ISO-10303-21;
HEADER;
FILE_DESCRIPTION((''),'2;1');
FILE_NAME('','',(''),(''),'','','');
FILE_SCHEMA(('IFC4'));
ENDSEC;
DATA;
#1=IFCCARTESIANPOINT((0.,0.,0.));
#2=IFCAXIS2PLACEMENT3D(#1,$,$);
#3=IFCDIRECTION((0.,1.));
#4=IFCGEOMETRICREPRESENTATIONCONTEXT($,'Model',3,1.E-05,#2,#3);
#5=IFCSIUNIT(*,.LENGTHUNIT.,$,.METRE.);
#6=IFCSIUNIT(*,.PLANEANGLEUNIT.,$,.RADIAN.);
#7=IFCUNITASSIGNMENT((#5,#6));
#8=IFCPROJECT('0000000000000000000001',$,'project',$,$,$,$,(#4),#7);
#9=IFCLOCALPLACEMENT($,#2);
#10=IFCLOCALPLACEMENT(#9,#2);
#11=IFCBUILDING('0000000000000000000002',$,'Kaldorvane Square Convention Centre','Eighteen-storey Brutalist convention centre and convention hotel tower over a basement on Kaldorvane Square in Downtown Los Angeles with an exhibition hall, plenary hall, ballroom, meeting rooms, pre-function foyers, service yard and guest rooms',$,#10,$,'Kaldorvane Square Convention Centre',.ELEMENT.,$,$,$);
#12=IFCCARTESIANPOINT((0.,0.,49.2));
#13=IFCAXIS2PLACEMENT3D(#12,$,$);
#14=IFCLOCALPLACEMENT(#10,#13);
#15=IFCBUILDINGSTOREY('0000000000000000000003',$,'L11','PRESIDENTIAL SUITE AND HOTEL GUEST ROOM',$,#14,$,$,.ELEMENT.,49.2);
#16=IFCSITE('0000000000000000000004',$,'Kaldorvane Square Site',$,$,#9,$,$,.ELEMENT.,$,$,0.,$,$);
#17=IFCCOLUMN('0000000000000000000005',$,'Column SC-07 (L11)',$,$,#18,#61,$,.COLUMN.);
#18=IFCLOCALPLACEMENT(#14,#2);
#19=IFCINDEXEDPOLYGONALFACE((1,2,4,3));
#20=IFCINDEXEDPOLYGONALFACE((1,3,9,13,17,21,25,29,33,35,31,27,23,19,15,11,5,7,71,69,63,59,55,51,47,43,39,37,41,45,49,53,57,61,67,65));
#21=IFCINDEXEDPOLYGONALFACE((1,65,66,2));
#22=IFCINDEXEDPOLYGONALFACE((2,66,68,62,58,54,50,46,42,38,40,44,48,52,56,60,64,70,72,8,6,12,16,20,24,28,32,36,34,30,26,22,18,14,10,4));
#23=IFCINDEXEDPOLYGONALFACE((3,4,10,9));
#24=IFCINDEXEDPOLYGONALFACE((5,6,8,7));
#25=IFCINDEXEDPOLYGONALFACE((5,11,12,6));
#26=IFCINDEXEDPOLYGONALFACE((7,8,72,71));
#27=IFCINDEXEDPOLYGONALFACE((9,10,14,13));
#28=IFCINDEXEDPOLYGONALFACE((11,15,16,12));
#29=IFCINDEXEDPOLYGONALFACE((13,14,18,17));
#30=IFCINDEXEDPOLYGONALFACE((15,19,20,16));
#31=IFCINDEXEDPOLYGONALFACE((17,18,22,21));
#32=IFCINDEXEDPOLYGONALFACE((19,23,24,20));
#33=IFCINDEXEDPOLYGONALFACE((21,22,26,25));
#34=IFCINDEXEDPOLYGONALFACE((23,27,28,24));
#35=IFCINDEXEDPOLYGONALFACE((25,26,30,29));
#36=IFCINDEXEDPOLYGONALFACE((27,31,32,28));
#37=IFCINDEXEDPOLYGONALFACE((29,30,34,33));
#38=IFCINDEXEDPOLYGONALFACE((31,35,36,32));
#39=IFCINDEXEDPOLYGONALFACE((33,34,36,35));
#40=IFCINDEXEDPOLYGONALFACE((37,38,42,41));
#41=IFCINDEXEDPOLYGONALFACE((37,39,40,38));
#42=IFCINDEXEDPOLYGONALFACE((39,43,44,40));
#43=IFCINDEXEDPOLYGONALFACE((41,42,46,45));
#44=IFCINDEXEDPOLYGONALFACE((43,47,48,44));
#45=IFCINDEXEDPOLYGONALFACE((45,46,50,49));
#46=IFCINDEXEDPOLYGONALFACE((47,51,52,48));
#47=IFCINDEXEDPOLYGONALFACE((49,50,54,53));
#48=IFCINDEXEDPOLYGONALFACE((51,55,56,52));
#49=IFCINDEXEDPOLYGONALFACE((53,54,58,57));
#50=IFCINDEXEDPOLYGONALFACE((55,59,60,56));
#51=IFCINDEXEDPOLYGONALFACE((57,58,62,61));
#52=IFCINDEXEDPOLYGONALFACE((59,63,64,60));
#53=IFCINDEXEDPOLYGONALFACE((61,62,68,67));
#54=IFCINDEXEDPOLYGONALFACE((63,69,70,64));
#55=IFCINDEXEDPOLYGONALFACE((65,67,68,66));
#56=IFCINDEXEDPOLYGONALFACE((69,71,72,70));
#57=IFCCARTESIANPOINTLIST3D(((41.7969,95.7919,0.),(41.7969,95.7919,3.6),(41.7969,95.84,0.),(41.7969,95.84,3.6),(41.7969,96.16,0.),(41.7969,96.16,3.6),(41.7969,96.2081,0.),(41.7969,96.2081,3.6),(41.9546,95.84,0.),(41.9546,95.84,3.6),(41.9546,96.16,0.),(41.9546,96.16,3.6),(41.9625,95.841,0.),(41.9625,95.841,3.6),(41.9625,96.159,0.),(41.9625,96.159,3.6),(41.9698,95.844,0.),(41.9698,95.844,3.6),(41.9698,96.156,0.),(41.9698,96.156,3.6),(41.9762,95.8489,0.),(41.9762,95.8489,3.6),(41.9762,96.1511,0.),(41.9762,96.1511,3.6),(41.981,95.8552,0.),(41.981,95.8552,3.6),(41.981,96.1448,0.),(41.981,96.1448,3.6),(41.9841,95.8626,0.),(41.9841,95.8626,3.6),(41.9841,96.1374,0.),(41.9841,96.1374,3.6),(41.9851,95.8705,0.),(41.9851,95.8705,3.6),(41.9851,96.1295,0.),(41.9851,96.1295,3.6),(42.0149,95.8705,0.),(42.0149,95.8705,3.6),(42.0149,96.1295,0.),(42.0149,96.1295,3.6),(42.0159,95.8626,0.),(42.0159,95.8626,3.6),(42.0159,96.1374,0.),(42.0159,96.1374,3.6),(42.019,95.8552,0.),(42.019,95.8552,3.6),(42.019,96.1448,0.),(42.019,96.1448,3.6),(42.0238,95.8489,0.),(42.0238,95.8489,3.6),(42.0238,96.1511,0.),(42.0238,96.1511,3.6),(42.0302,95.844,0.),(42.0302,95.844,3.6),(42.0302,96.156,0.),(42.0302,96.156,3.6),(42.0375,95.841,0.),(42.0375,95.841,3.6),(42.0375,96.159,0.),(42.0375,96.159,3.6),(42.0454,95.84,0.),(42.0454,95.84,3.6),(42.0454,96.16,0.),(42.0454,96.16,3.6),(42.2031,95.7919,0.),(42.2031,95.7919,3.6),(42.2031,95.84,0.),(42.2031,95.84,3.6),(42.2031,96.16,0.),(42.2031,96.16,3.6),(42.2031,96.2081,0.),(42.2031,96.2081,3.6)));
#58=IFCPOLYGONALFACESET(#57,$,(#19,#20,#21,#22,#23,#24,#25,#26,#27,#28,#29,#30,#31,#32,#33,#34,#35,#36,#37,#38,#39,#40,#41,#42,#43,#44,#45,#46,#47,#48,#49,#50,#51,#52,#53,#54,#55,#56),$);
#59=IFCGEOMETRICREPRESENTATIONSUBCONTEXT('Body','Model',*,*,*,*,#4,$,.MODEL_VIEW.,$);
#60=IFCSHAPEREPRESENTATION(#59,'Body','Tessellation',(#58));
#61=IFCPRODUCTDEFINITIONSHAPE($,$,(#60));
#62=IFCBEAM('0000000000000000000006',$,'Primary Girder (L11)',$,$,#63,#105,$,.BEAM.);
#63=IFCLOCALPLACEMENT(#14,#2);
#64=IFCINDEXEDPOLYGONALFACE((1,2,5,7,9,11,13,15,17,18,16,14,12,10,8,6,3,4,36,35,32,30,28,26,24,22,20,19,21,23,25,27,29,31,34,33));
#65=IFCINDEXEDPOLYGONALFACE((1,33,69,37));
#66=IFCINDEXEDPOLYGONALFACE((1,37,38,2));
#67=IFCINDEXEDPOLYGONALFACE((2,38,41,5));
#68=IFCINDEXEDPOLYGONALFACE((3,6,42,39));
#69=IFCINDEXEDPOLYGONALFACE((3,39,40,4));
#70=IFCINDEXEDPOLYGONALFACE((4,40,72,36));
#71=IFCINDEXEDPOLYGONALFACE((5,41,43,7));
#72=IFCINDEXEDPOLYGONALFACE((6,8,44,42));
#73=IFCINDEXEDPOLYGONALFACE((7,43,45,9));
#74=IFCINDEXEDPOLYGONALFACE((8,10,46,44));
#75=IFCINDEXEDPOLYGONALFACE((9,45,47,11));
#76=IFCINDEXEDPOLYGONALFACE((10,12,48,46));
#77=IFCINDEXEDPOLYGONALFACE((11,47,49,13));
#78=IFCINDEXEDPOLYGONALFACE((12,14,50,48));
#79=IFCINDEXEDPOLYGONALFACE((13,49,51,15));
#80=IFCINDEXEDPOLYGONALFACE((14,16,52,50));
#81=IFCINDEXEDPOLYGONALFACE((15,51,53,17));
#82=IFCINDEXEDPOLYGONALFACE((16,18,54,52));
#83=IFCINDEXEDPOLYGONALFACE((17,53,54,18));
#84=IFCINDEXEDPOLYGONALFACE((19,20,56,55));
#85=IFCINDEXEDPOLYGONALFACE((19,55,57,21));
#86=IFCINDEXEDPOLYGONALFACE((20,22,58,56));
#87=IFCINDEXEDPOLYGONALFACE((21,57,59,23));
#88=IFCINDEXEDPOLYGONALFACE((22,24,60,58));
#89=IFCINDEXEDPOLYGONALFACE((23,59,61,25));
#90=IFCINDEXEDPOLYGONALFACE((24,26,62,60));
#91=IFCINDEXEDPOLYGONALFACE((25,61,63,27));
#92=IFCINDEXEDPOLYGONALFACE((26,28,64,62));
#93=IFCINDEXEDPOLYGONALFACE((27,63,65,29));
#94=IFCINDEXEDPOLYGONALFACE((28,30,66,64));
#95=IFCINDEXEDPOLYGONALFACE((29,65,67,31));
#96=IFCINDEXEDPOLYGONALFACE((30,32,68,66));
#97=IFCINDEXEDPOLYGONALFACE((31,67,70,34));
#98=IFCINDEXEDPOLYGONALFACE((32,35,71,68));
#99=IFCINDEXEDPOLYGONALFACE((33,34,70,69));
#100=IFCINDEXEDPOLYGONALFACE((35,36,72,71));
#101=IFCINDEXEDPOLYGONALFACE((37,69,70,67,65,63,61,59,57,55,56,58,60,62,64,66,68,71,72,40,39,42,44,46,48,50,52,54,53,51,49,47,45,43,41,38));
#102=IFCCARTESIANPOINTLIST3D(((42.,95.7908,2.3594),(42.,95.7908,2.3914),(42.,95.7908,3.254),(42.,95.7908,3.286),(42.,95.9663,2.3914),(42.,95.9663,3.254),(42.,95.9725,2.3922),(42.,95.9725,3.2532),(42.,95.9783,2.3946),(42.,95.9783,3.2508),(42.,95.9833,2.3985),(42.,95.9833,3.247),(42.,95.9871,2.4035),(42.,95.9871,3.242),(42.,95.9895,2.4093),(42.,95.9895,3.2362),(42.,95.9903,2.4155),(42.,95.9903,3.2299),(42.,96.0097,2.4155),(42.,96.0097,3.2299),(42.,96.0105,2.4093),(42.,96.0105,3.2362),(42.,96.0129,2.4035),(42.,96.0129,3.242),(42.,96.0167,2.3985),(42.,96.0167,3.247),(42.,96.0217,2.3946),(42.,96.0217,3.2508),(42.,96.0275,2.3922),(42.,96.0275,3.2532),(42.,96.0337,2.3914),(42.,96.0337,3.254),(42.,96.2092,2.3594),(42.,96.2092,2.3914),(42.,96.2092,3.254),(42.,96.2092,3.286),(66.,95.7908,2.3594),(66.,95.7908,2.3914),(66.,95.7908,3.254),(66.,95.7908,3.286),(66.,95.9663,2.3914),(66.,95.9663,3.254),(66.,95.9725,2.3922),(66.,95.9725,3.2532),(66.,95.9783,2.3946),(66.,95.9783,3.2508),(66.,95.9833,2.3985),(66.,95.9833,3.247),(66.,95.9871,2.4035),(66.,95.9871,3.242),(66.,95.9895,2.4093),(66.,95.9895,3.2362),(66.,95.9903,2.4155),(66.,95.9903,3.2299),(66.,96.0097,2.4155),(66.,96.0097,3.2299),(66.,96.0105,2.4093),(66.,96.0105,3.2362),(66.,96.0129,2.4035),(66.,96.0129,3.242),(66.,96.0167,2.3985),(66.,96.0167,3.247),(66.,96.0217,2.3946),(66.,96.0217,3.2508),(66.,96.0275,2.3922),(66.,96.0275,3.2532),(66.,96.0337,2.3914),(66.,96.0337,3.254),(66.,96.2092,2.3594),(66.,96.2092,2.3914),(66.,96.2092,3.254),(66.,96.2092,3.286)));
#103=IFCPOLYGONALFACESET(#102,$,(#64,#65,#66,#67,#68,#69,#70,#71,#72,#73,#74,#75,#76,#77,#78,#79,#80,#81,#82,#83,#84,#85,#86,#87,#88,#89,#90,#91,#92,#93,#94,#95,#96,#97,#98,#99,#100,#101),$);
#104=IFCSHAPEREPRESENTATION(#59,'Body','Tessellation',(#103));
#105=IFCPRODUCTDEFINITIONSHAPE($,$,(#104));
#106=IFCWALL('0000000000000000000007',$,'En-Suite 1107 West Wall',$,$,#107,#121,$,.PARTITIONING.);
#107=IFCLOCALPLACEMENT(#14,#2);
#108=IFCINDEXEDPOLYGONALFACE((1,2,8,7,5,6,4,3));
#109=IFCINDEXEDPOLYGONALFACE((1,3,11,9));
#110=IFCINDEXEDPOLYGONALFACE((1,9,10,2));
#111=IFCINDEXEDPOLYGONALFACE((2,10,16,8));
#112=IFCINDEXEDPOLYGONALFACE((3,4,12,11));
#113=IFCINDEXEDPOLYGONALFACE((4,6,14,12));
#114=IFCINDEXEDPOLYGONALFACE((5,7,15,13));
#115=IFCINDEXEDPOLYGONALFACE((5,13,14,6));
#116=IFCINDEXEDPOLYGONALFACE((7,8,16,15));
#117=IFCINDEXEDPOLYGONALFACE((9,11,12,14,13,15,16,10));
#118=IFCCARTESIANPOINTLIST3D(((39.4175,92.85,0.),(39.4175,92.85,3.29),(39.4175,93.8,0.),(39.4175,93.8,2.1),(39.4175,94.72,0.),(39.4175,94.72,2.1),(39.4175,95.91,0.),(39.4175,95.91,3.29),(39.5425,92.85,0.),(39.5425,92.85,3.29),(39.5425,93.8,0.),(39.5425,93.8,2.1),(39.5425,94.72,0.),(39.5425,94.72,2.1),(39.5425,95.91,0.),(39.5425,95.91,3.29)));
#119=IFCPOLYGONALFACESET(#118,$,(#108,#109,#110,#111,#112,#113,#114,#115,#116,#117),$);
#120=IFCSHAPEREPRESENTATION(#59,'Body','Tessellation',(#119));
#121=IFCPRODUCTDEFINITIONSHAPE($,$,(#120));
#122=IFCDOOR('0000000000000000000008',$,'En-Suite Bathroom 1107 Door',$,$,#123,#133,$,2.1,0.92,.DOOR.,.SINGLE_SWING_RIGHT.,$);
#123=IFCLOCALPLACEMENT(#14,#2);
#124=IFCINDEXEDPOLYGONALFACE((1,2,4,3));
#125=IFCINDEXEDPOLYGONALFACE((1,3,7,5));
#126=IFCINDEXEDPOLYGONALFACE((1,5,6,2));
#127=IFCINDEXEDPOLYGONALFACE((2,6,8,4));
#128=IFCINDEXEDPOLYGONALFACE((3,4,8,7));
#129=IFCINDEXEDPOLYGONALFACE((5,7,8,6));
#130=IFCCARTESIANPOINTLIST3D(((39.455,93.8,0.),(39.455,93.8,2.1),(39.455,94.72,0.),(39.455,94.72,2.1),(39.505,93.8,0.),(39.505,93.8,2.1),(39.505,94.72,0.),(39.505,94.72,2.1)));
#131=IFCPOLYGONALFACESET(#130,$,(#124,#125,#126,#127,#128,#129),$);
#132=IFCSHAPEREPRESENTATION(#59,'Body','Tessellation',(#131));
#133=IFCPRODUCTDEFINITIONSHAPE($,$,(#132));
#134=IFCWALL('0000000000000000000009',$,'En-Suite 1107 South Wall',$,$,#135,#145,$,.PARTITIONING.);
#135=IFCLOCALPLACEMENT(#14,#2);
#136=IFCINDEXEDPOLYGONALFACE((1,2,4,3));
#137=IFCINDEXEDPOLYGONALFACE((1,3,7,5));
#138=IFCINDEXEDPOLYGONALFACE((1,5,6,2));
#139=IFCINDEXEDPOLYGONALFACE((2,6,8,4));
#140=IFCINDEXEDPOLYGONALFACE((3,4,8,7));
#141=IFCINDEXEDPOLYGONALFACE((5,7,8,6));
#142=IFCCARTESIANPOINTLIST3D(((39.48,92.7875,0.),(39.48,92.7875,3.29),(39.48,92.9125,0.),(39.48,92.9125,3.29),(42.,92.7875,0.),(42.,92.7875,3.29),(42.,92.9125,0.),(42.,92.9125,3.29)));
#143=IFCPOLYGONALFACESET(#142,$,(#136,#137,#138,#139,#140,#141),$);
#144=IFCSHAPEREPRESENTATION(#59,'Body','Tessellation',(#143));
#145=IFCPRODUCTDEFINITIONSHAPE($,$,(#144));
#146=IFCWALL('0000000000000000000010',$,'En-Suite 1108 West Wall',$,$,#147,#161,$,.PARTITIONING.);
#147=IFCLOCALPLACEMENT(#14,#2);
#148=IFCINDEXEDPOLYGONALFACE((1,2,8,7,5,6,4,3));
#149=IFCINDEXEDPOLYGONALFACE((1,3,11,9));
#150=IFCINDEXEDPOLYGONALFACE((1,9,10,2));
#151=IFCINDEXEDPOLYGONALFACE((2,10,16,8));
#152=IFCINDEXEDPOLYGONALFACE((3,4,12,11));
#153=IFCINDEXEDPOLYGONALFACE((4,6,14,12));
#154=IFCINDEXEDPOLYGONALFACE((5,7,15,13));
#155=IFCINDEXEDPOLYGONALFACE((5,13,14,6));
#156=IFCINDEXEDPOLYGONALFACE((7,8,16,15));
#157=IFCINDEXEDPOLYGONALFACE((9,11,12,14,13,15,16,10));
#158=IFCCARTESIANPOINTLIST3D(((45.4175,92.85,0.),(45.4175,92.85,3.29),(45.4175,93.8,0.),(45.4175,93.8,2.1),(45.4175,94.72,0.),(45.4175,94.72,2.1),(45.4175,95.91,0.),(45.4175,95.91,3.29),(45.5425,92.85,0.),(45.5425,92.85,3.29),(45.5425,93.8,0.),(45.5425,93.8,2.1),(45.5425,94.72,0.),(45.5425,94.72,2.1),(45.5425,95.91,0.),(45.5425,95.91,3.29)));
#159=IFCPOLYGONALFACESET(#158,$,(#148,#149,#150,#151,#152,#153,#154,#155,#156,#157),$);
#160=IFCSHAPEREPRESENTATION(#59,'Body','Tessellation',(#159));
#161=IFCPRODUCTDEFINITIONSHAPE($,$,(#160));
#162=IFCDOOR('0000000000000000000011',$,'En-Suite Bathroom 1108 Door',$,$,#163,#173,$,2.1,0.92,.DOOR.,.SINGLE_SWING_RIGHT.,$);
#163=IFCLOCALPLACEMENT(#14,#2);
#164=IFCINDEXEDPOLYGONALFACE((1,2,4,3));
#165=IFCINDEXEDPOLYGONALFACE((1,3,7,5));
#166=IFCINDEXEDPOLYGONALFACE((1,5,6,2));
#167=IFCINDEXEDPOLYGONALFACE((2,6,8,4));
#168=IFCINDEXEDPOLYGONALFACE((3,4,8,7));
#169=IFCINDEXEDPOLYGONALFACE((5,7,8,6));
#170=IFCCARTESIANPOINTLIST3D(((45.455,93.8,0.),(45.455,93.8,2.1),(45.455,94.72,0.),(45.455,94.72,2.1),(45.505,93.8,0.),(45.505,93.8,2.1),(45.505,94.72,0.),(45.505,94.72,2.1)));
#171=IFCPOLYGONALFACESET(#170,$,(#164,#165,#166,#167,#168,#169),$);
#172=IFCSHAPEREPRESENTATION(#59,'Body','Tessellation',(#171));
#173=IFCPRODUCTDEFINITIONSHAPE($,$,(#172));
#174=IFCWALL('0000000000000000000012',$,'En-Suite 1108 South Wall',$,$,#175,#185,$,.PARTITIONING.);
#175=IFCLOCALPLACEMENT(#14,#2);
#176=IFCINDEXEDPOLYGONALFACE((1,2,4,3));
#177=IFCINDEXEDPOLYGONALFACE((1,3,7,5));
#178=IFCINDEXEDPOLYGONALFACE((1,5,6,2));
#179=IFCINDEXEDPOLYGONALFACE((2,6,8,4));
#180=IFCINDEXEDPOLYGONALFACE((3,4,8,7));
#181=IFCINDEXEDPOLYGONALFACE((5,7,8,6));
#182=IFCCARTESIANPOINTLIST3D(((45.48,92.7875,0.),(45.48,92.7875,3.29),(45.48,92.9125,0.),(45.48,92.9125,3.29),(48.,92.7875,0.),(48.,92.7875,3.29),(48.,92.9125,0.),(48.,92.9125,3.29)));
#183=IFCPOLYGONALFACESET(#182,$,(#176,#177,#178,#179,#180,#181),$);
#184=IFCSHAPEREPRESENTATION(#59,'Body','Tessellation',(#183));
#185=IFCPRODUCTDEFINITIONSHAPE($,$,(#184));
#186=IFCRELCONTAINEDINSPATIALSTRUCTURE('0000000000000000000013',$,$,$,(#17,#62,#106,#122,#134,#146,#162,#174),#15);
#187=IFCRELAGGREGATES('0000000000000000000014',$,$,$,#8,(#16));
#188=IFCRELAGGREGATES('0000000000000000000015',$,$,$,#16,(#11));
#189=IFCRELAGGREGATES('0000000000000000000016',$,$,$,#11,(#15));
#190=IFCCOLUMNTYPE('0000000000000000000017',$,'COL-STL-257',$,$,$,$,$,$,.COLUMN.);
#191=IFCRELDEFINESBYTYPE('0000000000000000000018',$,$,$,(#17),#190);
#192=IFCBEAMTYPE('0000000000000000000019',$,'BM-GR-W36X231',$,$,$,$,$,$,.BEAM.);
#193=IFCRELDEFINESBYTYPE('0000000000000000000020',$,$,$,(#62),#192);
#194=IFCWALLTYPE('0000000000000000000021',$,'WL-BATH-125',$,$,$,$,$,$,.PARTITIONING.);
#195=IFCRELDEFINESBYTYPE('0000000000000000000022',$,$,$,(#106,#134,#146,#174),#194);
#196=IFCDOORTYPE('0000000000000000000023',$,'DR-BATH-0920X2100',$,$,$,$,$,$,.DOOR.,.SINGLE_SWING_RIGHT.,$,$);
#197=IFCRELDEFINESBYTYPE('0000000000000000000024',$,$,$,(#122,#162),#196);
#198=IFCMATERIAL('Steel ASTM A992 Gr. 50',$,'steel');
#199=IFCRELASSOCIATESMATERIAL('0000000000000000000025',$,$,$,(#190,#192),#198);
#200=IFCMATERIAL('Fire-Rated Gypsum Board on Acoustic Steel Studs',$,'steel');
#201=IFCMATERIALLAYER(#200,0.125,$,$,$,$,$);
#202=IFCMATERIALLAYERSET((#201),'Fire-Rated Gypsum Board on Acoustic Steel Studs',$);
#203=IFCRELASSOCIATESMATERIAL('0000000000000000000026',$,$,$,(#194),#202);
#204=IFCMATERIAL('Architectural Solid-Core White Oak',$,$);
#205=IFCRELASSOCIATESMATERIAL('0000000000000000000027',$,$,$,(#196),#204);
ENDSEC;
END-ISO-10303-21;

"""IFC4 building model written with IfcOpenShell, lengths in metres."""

from ifc_helpers import new_model, si_unit, direction, frame, frame_2d, origin, origin_2d, place, context, subcontext, project, spatial, rectangle, i_section, extrude, material, layer, layer_set, material_profile, profile_set, type_object, element, fill, save


model = new_model("IFC4")

# Units and contexts
model_context = context("Model", 3, precision=1e-05, world=origin(), true_north=direction((0.0, 1.0)))
body_context = subcontext(model_context, "Body", "Model", "MODEL_VIEW")
ifc_project = project(units=[si_unit("LENGTHUNIT", "METRE"), si_unit("PLANEANGLEUNIT", "RADIAN")], contexts=[model_context])

# Site, building, storey
site_placement = place(None, origin())
site = spatial("IfcSite", under=ifc_project, at=site_placement, Name="Kaldorvane Square Site", CompositionType="ELEMENT", RefElevation=0.0)
building_placement = place(site_placement, origin())
building = spatial("IfcBuilding", under=site, at=building_placement, Name="Kaldorvane Square Convention Centre", Description="Eighteen-storey Brutalist convention centre and convention hotel tower over a basement on Kaldorvane Square in Downtown Los Angeles with an exhibition hall, plenary hall, ballroom, meeting rooms, pre-function foyers, service yard and guest rooms", LongName="Kaldorvane Square Convention Centre", CompositionType="ELEMENT")
storey_placement = place(building_placement, frame((0.0, 0.0, 49.2)))
storey = spatial("IfcBuildingStorey", under=building, at=storey_placement, Name="L11", Description="PRESIDENTIAL SUITE AND HOTEL GUEST ROOM", CompositionType="ELEMENT", Elevation=49.2)

# Column
ifc_material_1 = material(Name="Steel ASTM A992 Gr. 50", Category="steel")
ifc_material_profile_1 = material_profile(ifc_material_1, i_section(OverallWidth=0.4063, OverallDepth=0.4161, WebThickness=0.0298, FlangeThickness=0.048, FilletRadius=0.0305, at=origin_2d()), Name="W14X257")
ifc_profile_set_1 = profile_set([ifc_material_profile_1], Name="Steel ASTM A992 Gr. 50")
column_type = type_object("IfcColumnType", Name="COL-STL-257", PredefinedType="COLUMN", material=ifc_profile_set_1)
column_placement = place(storey_placement, frame((42.0, 96.0, 0.0), z_axis=(0.0, 0.0, 1.0), x_axis=(1.0, 0.0, 0.0)))
element("IfcColumn", 1, at=column_placement, inside=storey, type_object=column_type, Name="Column SC-07 (L11)", PredefinedType="COLUMN", context=body_context, shape_type="SweptSolid", body=[
    extrude(i_section(OverallWidth=0.4063, OverallDepth=0.4161, WebThickness=0.0298, FlangeThickness=0.048, FilletRadius=0.0305, at=origin_2d()), origin(), (0.0, 0.0, 1.0), 3.6),
])

# Beam
ifc_material_profile_2 = material_profile(ifc_material_1, i_section(OverallWidth=0.4183, OverallDepth=0.9266, WebThickness=0.0193, FlangeThickness=0.032, FilletRadius=0.0241, at=origin_2d()), Name="W36X231")
ifc_profile_set_2 = profile_set([ifc_material_profile_2], Name="Steel ASTM A992 Gr. 50")
beam_type = type_object("IfcBeamType", Name="BM-GR-W36X231", PredefinedType="BEAM", material=ifc_profile_set_2)
beam_placement = place(storey_placement, frame((42.0, 96.0, 2.8227), z_axis=(1.0, 0.0, 0.0), x_axis=(0.0, 1.0, 0.0)))
element("IfcBeam", 2, at=beam_placement, inside=storey, type_object=beam_type, Name="Primary Girder (L11)", PredefinedType="BEAM", context=body_context, shape_type="SweptSolid", body=[
    extrude(i_section(OverallWidth=0.4183, OverallDepth=0.9266, WebThickness=0.0193, FlangeThickness=0.032, FilletRadius=0.0241, at=origin_2d()), origin(), (0.0, 0.0, 1.0), 24.0),
])

# Wall, opening, door
ifc_material_2 = material(Name="Fire-Rated Gypsum Board on Acoustic Steel Studs", Category="steel")
ifc_layer_1 = layer(ifc_material_2, 0.125)
ifc_layer_set_1 = layer_set([ifc_layer_1], Name="Fire-Rated Gypsum Board on Acoustic Steel Studs")
wall_type_1 = type_object("IfcWallType", Name="WL-BATH-125", PredefinedType="PARTITIONING", material=ifc_layer_set_1)
wall_1_placement = place(storey_placement, frame((39.48, 92.85, 0.0), z_axis=(0.0, 0.0, 1.0), x_axis=(0.0, 1.0, 0.0)))
wall_1 = element("IfcWall", 3, at=wall_1_placement, inside=storey, type_object=wall_type_1, Name="En-Suite 1107 West Wall", PredefinedType="PARTITIONING", context=body_context, shape_type="SweptSolid", body=[
    extrude(rectangle(XDim=3.06, YDim=0.125, at=frame_2d((1.53, 0.0))), origin(), (0.0, 0.0, 1.0), 3.29),
])
opening_1_placement = place(wall_1_placement, frame((0.95, 0.0, 0.0)))
opening_1 = element("IfcOpeningElement", 4, at=opening_1_placement, cuts=wall_1, PredefinedType="OPENING", context=body_context, shape_type="SweptSolid", body=[
    extrude(rectangle(XDim=0.92, YDim=2.1, at=frame_2d((0.46, 1.05))), frame((0.0, 0.0775, 0.0), z_axis=(0.0, -1.0, 0.0), x_axis=(1.0, 0.0, 0.0)), (0.0, 0.0, 1.0), 0.155),
])
ifc_material_3 = material(Name="Architectural Solid-Core White Oak")
door_type_1 = type_object("IfcDoorType", Name="DR-BATH-0920X2100", OperationType="SINGLE_SWING_RIGHT", PredefinedType="DOOR", material=ifc_material_3)
door_1_placement = place(opening_1_placement, origin())
door_1 = element("IfcDoor", 5, at=door_1_placement, inside=storey, type_object=door_type_1, Name="En-Suite Bathroom 1107 Door", OperationType="SINGLE_SWING_RIGHT", OverallHeight=2.1, OverallWidth=0.92, PredefinedType="DOOR", context=body_context, shape_type="SweptSolid", body=[
    extrude(rectangle(XDim=0.92, YDim=2.1, at=frame_2d((0.46, 1.05))), frame((0.0, 0.025, 0.0), z_axis=(0.0, -1.0, 0.0), x_axis=(1.0, 0.0, 0.0)), (0.0, 0.0, 1.0), 0.05),
])
fill(opening_1, door_1)

# Wall
wall_2_placement = place(storey_placement, frame((39.48, 92.85, 0.0), z_axis=(0.0, 0.0, 1.0), x_axis=(1.0, 0.0, 0.0)))
element("IfcWall", 6, at=wall_2_placement, inside=storey, type_object=wall_type_1, Name="En-Suite 1107 South Wall", PredefinedType="PARTITIONING", context=body_context, shape_type="SweptSolid", body=[
    extrude(rectangle(XDim=2.52, YDim=0.125, at=frame_2d((1.26, 0.0))), origin(), (0.0, 0.0, 1.0), 3.29),
])

# Wall, opening, door
wall_3_placement = place(storey_placement, frame((45.48, 92.85, 0.0), z_axis=(0.0, 0.0, 1.0), x_axis=(0.0, 1.0, 0.0)))
wall_3 = element("IfcWall", 7, at=wall_3_placement, inside=storey, type_object=wall_type_1, Name="En-Suite 1108 West Wall", PredefinedType="PARTITIONING", context=body_context, shape_type="SweptSolid", body=[
    extrude(rectangle(XDim=3.06, YDim=0.125, at=frame_2d((1.53, 0.0))), origin(), (0.0, 0.0, 1.0), 3.29),
])
opening_2_placement = place(wall_3_placement, frame((0.95, 0.0, 0.0)))
opening_2 = element("IfcOpeningElement", 8, at=opening_2_placement, cuts=wall_3, PredefinedType="OPENING", context=body_context, shape_type="SweptSolid", body=[
    extrude(rectangle(XDim=0.92, YDim=2.1, at=frame_2d((0.46, 1.05))), frame((0.0, 0.0775, 0.0), z_axis=(0.0, -1.0, 0.0), x_axis=(1.0, 0.0, 0.0)), (0.0, 0.0, 1.0), 0.155),
])
door_2_placement = place(opening_2_placement, origin())
door_2 = element("IfcDoor", 9, at=door_2_placement, inside=storey, type_object=door_type_1, Name="En-Suite Bathroom 1108 Door", OperationType="SINGLE_SWING_RIGHT", OverallHeight=2.1, OverallWidth=0.92, PredefinedType="DOOR", context=body_context, shape_type="SweptSolid", body=[
    extrude(rectangle(XDim=0.92, YDim=2.1, at=frame_2d((0.46, 1.05))), frame((0.0, 0.025, 0.0), z_axis=(0.0, -1.0, 0.0), x_axis=(1.0, 0.0, 0.0)), (0.0, 0.0, 1.0), 0.05),
])
fill(opening_2, door_2)

# Wall
wall_4_placement = place(storey_placement, frame((45.48, 92.85, 0.0), z_axis=(0.0, 0.0, 1.0), x_axis=(1.0, 0.0, 0.0)))
element("IfcWall", 10, at=wall_4_placement, inside=storey, type_object=wall_type_1, Name="En-Suite 1108 South Wall", PredefinedType="PARTITIONING", context=body_context, shape_type="SweptSolid", body=[
    extrude(rectangle(XDim=2.52, YDim=0.125, at=frame_2d((1.26, 0.0))), origin(), (0.0, 0.0, 1.0), 3.29),
])

save(model, "model.ifc")
